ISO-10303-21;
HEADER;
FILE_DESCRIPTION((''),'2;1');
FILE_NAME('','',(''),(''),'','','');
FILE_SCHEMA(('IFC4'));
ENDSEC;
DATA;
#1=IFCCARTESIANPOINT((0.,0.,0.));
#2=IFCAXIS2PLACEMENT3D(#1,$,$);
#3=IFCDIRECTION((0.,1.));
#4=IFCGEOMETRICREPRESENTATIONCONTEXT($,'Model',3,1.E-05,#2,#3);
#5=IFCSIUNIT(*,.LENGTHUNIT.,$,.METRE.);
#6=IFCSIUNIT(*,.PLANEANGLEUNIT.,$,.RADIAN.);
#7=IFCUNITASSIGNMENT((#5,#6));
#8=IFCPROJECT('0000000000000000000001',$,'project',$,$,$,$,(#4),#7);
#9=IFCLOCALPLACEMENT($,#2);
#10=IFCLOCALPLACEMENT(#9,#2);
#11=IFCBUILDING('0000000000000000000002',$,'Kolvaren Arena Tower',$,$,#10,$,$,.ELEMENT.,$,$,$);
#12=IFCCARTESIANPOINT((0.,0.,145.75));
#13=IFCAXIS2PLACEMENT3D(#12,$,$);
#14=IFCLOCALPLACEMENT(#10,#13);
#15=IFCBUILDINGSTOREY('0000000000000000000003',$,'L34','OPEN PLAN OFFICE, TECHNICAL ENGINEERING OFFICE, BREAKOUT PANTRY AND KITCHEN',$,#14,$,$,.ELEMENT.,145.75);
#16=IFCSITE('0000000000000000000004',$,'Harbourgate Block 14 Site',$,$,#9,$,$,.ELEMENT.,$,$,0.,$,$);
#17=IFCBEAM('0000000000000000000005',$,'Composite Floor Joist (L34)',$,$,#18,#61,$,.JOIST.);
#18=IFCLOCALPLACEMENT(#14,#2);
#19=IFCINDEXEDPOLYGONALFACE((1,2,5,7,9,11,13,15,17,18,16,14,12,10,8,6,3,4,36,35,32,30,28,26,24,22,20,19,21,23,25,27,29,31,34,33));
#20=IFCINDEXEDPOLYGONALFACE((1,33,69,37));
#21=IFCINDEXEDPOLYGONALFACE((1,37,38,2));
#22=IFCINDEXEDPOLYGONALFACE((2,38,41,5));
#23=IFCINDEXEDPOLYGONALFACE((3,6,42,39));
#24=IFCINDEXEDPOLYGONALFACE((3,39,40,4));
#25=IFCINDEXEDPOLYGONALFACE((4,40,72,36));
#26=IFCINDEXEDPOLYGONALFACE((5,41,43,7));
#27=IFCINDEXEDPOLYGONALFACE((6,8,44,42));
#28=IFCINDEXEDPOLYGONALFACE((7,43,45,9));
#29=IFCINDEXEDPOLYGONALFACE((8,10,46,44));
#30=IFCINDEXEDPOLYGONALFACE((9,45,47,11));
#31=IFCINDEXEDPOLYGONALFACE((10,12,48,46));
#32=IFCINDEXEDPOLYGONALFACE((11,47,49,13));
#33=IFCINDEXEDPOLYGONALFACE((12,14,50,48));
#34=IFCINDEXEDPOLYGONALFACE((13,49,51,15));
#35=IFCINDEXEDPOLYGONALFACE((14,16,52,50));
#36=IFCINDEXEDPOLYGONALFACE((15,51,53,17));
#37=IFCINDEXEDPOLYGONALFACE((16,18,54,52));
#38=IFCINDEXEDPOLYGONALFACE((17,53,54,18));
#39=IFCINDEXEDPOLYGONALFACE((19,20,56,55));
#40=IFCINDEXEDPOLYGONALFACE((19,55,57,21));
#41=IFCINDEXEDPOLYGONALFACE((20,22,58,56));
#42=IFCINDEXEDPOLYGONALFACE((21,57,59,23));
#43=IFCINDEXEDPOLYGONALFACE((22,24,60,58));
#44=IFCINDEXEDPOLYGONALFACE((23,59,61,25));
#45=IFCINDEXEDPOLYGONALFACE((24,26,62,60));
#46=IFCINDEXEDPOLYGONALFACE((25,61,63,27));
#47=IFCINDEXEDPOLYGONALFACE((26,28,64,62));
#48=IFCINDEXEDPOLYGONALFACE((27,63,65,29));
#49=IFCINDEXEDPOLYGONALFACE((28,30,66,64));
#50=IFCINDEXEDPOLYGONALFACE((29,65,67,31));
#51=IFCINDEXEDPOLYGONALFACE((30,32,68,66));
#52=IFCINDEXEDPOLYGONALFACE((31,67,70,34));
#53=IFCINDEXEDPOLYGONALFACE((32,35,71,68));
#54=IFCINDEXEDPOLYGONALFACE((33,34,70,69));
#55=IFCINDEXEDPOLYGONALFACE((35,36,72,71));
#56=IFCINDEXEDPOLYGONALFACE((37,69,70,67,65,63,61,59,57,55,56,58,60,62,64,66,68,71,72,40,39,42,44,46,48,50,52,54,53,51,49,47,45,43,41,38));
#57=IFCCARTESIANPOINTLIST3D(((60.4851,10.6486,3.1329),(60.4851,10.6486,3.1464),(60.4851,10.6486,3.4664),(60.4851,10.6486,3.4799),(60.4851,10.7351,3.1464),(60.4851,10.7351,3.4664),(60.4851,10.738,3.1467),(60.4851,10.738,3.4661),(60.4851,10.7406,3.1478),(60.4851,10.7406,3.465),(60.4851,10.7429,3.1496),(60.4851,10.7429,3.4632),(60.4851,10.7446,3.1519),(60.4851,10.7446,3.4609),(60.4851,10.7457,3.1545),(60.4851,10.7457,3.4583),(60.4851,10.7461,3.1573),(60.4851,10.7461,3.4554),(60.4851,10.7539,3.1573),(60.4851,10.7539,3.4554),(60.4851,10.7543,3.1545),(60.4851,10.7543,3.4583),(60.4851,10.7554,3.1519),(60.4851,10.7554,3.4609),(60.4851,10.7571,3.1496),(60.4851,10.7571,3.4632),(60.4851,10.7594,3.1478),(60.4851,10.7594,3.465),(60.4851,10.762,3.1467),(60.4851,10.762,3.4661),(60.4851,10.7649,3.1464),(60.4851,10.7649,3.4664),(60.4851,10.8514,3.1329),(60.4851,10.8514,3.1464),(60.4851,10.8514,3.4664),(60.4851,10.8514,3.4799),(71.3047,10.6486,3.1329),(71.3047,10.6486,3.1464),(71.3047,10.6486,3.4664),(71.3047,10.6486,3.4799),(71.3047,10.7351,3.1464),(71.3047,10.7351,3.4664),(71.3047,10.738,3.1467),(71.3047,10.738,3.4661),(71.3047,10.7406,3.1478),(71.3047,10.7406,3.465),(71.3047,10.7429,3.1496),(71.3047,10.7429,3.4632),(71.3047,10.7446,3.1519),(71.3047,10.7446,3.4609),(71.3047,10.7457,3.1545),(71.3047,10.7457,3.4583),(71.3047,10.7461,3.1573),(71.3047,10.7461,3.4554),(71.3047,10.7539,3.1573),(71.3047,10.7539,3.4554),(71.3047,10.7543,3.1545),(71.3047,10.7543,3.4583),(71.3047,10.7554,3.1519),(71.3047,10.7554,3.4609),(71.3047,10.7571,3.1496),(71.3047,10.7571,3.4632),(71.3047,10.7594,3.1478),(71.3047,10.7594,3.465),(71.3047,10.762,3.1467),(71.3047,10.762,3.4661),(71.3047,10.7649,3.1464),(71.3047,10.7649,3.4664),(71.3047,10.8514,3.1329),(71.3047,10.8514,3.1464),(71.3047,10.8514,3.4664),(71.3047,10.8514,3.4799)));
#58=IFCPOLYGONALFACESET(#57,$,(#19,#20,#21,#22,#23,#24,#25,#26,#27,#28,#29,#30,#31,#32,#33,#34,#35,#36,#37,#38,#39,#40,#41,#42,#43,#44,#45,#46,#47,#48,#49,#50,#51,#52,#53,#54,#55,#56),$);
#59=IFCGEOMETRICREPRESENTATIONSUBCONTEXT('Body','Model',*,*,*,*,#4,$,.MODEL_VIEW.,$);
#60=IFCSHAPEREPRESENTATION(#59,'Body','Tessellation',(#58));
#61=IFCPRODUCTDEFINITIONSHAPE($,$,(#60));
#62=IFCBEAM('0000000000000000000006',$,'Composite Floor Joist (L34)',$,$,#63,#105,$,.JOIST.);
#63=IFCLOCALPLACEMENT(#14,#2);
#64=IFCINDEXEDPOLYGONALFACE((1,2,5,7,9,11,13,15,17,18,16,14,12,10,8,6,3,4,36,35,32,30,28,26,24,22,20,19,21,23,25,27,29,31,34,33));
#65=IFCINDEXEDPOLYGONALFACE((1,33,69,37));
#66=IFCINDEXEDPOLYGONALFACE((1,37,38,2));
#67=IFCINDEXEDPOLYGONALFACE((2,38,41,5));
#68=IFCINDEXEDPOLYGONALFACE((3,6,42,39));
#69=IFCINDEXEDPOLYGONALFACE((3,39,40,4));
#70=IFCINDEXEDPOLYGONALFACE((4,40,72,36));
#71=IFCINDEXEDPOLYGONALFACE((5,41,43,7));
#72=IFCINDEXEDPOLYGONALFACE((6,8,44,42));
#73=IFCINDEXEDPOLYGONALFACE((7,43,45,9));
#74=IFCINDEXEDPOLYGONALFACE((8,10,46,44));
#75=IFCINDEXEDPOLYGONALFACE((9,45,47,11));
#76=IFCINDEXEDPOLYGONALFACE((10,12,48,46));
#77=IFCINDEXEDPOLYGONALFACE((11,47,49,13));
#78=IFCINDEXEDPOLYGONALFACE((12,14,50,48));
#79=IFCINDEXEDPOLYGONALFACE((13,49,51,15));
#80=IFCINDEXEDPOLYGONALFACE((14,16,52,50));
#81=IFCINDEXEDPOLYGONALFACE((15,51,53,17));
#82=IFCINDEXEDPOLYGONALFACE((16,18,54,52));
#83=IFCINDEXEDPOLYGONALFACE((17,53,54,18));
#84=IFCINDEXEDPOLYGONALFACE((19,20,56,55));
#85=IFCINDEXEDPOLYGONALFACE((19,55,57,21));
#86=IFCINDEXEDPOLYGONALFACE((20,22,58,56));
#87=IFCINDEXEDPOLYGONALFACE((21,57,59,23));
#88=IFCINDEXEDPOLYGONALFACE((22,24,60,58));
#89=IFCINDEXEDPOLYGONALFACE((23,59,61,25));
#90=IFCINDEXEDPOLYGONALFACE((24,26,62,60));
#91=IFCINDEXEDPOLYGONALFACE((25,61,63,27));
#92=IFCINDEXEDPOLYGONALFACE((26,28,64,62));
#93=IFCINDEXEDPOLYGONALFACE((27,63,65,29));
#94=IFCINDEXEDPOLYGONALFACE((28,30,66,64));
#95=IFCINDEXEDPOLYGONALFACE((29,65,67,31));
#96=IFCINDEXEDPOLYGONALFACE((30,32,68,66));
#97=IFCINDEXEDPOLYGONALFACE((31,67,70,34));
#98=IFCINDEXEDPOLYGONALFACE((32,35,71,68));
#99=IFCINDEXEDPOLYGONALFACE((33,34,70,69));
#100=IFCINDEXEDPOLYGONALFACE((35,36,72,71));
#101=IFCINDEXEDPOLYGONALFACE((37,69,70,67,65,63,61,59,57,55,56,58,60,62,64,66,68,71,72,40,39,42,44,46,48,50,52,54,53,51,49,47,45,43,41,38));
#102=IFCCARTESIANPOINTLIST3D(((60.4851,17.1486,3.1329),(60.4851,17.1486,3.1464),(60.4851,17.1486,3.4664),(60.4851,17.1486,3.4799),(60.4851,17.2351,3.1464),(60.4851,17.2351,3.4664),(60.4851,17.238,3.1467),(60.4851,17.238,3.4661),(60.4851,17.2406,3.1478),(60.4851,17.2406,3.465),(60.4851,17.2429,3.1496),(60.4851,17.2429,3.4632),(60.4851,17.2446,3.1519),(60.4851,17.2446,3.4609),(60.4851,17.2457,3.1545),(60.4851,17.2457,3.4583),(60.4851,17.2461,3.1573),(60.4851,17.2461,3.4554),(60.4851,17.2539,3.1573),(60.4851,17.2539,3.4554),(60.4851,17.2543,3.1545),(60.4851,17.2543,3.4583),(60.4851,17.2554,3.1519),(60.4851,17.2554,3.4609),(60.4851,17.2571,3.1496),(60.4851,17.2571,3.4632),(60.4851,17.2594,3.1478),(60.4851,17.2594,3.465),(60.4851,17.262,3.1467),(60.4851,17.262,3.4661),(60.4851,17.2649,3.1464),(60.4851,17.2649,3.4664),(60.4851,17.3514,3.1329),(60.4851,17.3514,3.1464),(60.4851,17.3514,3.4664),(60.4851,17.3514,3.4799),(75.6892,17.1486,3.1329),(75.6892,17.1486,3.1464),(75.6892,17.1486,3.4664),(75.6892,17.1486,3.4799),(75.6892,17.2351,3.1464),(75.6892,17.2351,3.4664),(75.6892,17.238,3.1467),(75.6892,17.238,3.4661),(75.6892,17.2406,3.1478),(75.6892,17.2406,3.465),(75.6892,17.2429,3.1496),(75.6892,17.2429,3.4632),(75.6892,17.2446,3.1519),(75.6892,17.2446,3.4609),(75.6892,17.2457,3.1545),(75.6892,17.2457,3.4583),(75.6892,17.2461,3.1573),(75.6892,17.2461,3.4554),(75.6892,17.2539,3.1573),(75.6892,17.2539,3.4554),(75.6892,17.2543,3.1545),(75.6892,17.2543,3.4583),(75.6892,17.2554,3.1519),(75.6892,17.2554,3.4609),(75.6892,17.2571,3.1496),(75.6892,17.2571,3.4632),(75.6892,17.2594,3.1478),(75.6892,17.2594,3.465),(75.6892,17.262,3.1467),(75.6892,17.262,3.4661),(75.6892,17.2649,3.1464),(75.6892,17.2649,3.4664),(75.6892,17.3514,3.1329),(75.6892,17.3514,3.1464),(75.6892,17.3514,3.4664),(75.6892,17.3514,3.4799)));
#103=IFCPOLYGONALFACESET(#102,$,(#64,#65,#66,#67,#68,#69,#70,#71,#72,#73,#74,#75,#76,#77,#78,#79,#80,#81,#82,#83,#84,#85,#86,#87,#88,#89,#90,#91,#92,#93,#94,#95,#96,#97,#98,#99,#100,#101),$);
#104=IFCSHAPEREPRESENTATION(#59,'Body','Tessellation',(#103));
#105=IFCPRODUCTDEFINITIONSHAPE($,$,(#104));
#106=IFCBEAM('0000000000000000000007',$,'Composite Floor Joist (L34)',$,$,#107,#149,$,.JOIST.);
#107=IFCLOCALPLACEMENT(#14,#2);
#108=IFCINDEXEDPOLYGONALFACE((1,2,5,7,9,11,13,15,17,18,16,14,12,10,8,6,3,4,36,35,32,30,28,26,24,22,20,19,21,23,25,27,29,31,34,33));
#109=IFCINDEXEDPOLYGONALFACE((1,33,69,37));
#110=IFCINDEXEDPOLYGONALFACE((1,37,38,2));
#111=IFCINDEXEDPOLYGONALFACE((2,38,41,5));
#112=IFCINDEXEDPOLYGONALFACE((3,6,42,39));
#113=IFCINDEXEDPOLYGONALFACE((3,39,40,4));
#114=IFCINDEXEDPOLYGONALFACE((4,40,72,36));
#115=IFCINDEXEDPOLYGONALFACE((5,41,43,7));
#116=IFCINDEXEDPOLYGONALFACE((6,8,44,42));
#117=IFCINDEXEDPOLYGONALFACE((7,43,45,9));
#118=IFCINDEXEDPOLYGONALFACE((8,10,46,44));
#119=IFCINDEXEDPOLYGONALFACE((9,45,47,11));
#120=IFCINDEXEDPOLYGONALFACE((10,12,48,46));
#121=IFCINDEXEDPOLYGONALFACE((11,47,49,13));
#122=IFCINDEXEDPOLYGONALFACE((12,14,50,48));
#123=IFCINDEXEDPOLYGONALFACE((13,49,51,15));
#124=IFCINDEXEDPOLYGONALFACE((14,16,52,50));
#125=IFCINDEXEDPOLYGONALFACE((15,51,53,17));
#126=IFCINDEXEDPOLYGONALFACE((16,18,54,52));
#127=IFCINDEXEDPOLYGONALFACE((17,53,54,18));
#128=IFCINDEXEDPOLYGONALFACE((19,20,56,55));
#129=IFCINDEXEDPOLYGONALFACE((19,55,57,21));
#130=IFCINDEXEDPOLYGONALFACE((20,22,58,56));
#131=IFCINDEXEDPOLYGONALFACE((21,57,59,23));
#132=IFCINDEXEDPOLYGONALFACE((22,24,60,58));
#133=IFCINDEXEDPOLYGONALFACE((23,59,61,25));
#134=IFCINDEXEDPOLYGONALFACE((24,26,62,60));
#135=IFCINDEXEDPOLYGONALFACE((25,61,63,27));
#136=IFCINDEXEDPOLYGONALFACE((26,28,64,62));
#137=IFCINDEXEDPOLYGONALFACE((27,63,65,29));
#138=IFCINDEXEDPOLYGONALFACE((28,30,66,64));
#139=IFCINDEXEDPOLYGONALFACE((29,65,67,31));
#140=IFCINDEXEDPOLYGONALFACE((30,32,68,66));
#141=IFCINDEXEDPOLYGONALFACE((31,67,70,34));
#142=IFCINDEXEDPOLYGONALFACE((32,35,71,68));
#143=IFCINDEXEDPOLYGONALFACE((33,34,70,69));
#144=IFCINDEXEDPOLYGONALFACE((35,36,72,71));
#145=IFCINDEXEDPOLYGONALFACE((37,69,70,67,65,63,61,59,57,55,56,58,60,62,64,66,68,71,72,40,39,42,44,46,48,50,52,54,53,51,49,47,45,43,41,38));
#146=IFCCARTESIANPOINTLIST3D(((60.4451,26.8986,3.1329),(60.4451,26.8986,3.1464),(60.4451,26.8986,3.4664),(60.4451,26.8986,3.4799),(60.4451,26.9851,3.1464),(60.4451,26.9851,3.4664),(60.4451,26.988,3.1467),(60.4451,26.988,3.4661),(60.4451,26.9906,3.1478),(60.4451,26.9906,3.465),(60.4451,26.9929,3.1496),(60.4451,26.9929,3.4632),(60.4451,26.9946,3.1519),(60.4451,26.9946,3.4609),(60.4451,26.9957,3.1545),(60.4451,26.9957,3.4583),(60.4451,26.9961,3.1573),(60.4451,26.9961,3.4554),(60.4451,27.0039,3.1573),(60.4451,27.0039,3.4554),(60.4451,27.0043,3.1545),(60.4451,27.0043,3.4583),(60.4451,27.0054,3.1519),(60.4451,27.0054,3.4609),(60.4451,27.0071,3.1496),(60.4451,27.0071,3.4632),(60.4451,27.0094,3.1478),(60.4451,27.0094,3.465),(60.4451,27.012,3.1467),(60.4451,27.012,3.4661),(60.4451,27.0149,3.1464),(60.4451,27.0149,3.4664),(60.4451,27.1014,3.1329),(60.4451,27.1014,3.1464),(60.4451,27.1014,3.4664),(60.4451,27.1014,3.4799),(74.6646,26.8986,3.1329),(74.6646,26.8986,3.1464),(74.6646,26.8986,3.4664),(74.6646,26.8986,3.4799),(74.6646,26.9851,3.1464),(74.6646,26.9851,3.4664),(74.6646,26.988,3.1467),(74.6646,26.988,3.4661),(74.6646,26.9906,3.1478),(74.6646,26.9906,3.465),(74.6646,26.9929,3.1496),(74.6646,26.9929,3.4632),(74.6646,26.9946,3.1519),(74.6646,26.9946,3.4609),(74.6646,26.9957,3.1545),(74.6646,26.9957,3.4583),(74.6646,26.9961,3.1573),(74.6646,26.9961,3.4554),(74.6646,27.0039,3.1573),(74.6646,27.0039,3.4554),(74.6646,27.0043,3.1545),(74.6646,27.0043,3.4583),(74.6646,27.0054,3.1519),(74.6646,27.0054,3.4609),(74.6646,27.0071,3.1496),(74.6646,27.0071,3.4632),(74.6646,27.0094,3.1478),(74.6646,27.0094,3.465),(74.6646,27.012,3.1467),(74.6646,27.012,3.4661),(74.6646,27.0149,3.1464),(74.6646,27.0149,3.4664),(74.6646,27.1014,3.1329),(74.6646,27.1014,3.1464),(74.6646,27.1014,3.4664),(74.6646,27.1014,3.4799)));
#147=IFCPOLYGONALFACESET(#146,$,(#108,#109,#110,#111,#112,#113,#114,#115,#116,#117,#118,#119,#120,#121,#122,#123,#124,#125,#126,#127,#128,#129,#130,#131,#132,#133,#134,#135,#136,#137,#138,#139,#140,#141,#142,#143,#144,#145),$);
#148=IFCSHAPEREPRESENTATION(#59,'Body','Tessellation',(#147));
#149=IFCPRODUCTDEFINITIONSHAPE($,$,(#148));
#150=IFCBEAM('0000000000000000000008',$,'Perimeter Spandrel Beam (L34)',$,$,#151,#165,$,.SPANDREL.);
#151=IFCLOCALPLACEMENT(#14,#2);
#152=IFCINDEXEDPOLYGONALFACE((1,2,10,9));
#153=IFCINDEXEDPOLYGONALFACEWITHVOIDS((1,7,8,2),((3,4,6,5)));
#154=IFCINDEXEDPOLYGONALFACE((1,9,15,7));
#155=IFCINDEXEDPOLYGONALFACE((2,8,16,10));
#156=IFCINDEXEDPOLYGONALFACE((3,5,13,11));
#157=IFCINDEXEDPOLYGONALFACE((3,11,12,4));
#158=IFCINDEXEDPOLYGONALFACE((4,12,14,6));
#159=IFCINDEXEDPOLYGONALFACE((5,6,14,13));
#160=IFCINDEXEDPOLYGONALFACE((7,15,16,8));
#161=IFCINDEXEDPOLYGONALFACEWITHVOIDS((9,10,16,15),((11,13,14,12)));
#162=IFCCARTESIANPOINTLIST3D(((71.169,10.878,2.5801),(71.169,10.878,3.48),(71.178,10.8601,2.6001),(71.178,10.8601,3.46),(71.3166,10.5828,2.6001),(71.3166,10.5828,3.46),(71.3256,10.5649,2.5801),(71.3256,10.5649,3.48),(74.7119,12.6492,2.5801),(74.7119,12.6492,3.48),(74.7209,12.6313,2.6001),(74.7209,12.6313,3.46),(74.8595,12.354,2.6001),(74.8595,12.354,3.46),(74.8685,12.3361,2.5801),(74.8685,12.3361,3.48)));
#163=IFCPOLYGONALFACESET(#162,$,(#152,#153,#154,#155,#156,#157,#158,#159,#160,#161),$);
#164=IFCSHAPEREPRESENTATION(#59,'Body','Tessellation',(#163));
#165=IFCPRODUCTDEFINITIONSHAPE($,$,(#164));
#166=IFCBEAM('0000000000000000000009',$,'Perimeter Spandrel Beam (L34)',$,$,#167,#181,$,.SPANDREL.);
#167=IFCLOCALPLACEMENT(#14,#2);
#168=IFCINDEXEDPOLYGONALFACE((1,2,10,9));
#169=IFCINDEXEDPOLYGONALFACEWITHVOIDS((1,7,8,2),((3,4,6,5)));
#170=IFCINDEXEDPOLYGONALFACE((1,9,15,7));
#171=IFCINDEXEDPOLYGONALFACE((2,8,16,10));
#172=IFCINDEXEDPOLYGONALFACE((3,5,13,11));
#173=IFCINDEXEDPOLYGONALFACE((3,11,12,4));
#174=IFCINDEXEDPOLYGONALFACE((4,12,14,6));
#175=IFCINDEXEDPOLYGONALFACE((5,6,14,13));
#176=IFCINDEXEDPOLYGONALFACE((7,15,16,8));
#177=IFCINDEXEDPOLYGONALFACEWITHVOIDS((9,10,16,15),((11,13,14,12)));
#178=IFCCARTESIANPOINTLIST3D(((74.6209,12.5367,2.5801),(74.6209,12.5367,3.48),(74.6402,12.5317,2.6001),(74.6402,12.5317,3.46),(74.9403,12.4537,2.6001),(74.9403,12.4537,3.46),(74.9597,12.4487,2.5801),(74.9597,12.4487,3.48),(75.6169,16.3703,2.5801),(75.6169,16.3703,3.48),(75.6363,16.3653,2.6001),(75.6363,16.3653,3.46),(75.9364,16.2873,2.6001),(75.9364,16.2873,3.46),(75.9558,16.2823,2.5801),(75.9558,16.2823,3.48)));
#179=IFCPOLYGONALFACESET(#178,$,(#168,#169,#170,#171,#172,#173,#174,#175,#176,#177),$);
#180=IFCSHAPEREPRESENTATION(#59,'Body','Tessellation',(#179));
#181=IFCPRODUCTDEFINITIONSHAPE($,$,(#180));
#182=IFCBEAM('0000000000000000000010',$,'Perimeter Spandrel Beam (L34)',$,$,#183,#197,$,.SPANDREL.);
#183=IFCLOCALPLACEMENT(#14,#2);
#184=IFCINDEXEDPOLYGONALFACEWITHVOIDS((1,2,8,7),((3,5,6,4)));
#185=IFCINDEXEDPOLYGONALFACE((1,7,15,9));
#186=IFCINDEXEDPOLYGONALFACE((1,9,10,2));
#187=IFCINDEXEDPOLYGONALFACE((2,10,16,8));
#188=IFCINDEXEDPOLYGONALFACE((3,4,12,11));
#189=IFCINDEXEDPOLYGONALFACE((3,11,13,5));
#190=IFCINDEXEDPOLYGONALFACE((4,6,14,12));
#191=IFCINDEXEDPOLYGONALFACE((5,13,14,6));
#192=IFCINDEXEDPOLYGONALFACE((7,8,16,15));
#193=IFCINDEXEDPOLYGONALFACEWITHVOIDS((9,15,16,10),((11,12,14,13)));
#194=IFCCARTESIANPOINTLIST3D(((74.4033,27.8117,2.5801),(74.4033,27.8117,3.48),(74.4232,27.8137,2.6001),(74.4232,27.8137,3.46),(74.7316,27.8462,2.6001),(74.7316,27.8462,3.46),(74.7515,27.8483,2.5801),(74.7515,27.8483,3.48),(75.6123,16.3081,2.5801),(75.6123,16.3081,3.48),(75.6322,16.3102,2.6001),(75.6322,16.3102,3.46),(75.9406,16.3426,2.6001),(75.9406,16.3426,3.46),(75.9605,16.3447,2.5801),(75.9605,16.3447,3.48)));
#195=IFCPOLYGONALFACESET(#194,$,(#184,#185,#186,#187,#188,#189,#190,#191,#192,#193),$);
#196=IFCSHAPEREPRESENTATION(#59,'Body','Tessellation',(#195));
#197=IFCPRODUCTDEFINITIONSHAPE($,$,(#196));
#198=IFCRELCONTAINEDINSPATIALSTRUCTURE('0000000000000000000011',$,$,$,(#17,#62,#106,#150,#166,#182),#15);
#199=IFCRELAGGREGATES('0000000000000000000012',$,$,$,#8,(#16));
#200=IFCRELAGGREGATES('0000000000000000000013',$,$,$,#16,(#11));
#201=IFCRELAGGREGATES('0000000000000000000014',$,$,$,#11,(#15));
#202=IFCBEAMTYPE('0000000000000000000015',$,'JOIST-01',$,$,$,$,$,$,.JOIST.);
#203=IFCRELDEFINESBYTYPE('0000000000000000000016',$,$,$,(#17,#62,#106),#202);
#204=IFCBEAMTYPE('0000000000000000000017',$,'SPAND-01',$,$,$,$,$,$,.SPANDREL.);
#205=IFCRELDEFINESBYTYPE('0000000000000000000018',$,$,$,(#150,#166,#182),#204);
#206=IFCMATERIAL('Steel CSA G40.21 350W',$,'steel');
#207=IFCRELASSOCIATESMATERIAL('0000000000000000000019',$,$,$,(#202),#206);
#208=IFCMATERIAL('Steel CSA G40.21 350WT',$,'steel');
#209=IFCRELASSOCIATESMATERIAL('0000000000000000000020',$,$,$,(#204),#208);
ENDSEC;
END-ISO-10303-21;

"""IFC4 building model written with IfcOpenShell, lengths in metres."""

from ifc_helpers import new_model, si_unit, direction, frame, origin, origin_2d, place, context, subcontext, project, spatial, hollow_rectangle, i_section, extrude, material, material_profile, profile_set, type_object, element, save


model = new_model("IFC4")

# Units and contexts
model_context = context("Model", 3, precision=1e-05, world=origin(), true_north=direction((0.0, 1.0)))
body_context = subcontext(model_context, "Body", "Model", "MODEL_VIEW")
ifc_project = project(units=[si_unit("LENGTHUNIT", "METRE"), si_unit("PLANEANGLEUNIT", "RADIAN")], contexts=[model_context])

# Site, building, storey
site_placement = place(None, origin())
site = spatial("IfcSite", under=ifc_project, at=site_placement, Name="Harbourgate Block 14 Site", CompositionType="ELEMENT", RefElevation=0.0)
building_placement = place(site_placement, origin())
building = spatial("IfcBuilding", under=site, at=building_placement, Name="Kolvaren Arena Tower", CompositionType="ELEMENT")
storey_placement = place(building_placement, frame((0.0, 0.0, 145.75)))
storey = spatial("IfcBuildingStorey", under=building, at=storey_placement, Name="L34", Description="OPEN PLAN OFFICE, TECHNICAL ENGINEERING OFFICE, BREAKOUT PANTRY AND KITCHEN", CompositionType="ELEMENT", Elevation=145.75)

# Beams
ifc_material_1 = material(Name="Steel CSA G40.21 350W", Category="steel")
ifc_material_profile_1 = material_profile(ifc_material_1, i_section(OverallWidth=0.2029, OverallDepth=0.3469, WebThickness=0.0078, FlangeThickness=0.0134, FilletRadius=0.011, at=origin_2d()), Name="W360x64")
ifc_profile_set_1 = profile_set([ifc_material_profile_1], Name="Steel CSA G40.21 350W")
beam_type_1 = type_object("IfcBeamType", Name="JOIST-01", PredefinedType="JOIST", material=ifc_profile_set_1)
beam_1_placement = place(storey_placement, frame((60.4851, 10.75, 3.3064), z_axis=(1.0, 0.0, 0.0), x_axis=(0.0, 1.0, 0.0)))
element("IfcBeam", 1, at=beam_1_placement, inside=storey, type_object=beam_type_1, Name="Composite Floor Joist (L34)", PredefinedType="JOIST", context=body_context, shape_type="SweptSolid", body=[
    extrude(i_section(OverallWidth=0.2029, OverallDepth=0.3469, WebThickness=0.0078, FlangeThickness=0.0134, FilletRadius=0.011, at=origin_2d()), origin(), (0.0, 0.0, 1.0), 10.8196),
])
beam_2_placement = place(storey_placement, frame((60.4851, 17.25, 3.3064), z_axis=(1.0, 0.0, 0.0), x_axis=(0.0, 1.0, 0.0)))
element("IfcBeam", 2, at=beam_2_placement, inside=storey, type_object=beam_type_1, Name="Composite Floor Joist (L34)", PredefinedType="JOIST", context=body_context, shape_type="SweptSolid", body=[
    extrude(i_section(OverallWidth=0.2029, OverallDepth=0.3469, WebThickness=0.0078, FlangeThickness=0.0134, FilletRadius=0.011, at=origin_2d()), origin(), (0.0, 0.0, 1.0), 15.2041),
])
beam_3_placement = place(storey_placement, frame((60.4451, 27.0, 3.3064), z_axis=(1.0, 0.0, 0.0), x_axis=(0.0, 1.0, 0.0)))
element("IfcBeam", 3, at=beam_3_placement, inside=storey, type_object=beam_type_1, Name="Composite Floor Joist (L34)", PredefinedType="JOIST", context=body_context, shape_type="SweptSolid", body=[
    extrude(i_section(OverallWidth=0.2029, OverallDepth=0.3469, WebThickness=0.0078, FlangeThickness=0.0134, FilletRadius=0.011, at=origin_2d()), origin(), (0.0, 0.0, 1.0), 14.2195),
])
ifc_material_2 = material(Name="Steel CSA G40.21 350WT", Category="steel")
ifc_material_profile_2 = material_profile(ifc_material_2, hollow_rectangle(XDim=0.3501, YDim=0.8999, WallThickness=0.02, at=origin_2d()), Name="HSS 900x350x20")
ifc_profile_set_2 = profile_set([ifc_material_profile_2], Name="Steel CSA G40.21 350WT")
beam_type_2 = type_object("IfcBeamType", Name="SPAND-01", PredefinedType="SPANDREL", material=ifc_profile_set_2)
for number, where, z_axis, x_axis, name in (
    (4, (71.2473, 10.7214, 3.03), (0.894452, 0.447164, 0.0), (-0.447164, 0.894452, 0.0), "Perimeter Spandrel Beam (L34)"),
    (5, (74.7903, 12.4927, 3.03), (0.251473, 0.967864, 0.0), (-0.967864, 0.251473, 0.0), "Perimeter Spandrel Beam (L34)"),
):
    element("IfcBeam", number, at=place(storey_placement, frame(where, z_axis=z_axis, x_axis=x_axis)), inside=storey, type_object=beam_type_2, Name=name, PredefinedType="SPANDREL", context=body_context, shape_type="SweptSolid", body=[
        extrude(hollow_rectangle(XDim=0.3501, YDim=0.8999, WallThickness=0.02, at=origin_2d()), origin(), (0.0, 0.0, 1.0), 3.9609),
    ])
beam_4_placement = place(storey_placement, frame((75.7864, 16.3264, 3.03), z_axis=(-0.104522, 0.994523, 0.0), x_axis=(-0.994523, -0.104522, 0.0)))
element("IfcBeam", 6, at=beam_4_placement, inside=storey, type_object=beam_type_2, Name="Perimeter Spandrel Beam (L34)", PredefinedType="SPANDREL", context=body_context, shape_type="SweptSolid", body=[
    extrude(hollow_rectangle(XDim=0.3501, YDim=0.8999, WallThickness=0.02, at=origin_2d()), origin(), (0.0, 0.0, 1.0), 11.5669),
])

save(model, "model.ifc")
